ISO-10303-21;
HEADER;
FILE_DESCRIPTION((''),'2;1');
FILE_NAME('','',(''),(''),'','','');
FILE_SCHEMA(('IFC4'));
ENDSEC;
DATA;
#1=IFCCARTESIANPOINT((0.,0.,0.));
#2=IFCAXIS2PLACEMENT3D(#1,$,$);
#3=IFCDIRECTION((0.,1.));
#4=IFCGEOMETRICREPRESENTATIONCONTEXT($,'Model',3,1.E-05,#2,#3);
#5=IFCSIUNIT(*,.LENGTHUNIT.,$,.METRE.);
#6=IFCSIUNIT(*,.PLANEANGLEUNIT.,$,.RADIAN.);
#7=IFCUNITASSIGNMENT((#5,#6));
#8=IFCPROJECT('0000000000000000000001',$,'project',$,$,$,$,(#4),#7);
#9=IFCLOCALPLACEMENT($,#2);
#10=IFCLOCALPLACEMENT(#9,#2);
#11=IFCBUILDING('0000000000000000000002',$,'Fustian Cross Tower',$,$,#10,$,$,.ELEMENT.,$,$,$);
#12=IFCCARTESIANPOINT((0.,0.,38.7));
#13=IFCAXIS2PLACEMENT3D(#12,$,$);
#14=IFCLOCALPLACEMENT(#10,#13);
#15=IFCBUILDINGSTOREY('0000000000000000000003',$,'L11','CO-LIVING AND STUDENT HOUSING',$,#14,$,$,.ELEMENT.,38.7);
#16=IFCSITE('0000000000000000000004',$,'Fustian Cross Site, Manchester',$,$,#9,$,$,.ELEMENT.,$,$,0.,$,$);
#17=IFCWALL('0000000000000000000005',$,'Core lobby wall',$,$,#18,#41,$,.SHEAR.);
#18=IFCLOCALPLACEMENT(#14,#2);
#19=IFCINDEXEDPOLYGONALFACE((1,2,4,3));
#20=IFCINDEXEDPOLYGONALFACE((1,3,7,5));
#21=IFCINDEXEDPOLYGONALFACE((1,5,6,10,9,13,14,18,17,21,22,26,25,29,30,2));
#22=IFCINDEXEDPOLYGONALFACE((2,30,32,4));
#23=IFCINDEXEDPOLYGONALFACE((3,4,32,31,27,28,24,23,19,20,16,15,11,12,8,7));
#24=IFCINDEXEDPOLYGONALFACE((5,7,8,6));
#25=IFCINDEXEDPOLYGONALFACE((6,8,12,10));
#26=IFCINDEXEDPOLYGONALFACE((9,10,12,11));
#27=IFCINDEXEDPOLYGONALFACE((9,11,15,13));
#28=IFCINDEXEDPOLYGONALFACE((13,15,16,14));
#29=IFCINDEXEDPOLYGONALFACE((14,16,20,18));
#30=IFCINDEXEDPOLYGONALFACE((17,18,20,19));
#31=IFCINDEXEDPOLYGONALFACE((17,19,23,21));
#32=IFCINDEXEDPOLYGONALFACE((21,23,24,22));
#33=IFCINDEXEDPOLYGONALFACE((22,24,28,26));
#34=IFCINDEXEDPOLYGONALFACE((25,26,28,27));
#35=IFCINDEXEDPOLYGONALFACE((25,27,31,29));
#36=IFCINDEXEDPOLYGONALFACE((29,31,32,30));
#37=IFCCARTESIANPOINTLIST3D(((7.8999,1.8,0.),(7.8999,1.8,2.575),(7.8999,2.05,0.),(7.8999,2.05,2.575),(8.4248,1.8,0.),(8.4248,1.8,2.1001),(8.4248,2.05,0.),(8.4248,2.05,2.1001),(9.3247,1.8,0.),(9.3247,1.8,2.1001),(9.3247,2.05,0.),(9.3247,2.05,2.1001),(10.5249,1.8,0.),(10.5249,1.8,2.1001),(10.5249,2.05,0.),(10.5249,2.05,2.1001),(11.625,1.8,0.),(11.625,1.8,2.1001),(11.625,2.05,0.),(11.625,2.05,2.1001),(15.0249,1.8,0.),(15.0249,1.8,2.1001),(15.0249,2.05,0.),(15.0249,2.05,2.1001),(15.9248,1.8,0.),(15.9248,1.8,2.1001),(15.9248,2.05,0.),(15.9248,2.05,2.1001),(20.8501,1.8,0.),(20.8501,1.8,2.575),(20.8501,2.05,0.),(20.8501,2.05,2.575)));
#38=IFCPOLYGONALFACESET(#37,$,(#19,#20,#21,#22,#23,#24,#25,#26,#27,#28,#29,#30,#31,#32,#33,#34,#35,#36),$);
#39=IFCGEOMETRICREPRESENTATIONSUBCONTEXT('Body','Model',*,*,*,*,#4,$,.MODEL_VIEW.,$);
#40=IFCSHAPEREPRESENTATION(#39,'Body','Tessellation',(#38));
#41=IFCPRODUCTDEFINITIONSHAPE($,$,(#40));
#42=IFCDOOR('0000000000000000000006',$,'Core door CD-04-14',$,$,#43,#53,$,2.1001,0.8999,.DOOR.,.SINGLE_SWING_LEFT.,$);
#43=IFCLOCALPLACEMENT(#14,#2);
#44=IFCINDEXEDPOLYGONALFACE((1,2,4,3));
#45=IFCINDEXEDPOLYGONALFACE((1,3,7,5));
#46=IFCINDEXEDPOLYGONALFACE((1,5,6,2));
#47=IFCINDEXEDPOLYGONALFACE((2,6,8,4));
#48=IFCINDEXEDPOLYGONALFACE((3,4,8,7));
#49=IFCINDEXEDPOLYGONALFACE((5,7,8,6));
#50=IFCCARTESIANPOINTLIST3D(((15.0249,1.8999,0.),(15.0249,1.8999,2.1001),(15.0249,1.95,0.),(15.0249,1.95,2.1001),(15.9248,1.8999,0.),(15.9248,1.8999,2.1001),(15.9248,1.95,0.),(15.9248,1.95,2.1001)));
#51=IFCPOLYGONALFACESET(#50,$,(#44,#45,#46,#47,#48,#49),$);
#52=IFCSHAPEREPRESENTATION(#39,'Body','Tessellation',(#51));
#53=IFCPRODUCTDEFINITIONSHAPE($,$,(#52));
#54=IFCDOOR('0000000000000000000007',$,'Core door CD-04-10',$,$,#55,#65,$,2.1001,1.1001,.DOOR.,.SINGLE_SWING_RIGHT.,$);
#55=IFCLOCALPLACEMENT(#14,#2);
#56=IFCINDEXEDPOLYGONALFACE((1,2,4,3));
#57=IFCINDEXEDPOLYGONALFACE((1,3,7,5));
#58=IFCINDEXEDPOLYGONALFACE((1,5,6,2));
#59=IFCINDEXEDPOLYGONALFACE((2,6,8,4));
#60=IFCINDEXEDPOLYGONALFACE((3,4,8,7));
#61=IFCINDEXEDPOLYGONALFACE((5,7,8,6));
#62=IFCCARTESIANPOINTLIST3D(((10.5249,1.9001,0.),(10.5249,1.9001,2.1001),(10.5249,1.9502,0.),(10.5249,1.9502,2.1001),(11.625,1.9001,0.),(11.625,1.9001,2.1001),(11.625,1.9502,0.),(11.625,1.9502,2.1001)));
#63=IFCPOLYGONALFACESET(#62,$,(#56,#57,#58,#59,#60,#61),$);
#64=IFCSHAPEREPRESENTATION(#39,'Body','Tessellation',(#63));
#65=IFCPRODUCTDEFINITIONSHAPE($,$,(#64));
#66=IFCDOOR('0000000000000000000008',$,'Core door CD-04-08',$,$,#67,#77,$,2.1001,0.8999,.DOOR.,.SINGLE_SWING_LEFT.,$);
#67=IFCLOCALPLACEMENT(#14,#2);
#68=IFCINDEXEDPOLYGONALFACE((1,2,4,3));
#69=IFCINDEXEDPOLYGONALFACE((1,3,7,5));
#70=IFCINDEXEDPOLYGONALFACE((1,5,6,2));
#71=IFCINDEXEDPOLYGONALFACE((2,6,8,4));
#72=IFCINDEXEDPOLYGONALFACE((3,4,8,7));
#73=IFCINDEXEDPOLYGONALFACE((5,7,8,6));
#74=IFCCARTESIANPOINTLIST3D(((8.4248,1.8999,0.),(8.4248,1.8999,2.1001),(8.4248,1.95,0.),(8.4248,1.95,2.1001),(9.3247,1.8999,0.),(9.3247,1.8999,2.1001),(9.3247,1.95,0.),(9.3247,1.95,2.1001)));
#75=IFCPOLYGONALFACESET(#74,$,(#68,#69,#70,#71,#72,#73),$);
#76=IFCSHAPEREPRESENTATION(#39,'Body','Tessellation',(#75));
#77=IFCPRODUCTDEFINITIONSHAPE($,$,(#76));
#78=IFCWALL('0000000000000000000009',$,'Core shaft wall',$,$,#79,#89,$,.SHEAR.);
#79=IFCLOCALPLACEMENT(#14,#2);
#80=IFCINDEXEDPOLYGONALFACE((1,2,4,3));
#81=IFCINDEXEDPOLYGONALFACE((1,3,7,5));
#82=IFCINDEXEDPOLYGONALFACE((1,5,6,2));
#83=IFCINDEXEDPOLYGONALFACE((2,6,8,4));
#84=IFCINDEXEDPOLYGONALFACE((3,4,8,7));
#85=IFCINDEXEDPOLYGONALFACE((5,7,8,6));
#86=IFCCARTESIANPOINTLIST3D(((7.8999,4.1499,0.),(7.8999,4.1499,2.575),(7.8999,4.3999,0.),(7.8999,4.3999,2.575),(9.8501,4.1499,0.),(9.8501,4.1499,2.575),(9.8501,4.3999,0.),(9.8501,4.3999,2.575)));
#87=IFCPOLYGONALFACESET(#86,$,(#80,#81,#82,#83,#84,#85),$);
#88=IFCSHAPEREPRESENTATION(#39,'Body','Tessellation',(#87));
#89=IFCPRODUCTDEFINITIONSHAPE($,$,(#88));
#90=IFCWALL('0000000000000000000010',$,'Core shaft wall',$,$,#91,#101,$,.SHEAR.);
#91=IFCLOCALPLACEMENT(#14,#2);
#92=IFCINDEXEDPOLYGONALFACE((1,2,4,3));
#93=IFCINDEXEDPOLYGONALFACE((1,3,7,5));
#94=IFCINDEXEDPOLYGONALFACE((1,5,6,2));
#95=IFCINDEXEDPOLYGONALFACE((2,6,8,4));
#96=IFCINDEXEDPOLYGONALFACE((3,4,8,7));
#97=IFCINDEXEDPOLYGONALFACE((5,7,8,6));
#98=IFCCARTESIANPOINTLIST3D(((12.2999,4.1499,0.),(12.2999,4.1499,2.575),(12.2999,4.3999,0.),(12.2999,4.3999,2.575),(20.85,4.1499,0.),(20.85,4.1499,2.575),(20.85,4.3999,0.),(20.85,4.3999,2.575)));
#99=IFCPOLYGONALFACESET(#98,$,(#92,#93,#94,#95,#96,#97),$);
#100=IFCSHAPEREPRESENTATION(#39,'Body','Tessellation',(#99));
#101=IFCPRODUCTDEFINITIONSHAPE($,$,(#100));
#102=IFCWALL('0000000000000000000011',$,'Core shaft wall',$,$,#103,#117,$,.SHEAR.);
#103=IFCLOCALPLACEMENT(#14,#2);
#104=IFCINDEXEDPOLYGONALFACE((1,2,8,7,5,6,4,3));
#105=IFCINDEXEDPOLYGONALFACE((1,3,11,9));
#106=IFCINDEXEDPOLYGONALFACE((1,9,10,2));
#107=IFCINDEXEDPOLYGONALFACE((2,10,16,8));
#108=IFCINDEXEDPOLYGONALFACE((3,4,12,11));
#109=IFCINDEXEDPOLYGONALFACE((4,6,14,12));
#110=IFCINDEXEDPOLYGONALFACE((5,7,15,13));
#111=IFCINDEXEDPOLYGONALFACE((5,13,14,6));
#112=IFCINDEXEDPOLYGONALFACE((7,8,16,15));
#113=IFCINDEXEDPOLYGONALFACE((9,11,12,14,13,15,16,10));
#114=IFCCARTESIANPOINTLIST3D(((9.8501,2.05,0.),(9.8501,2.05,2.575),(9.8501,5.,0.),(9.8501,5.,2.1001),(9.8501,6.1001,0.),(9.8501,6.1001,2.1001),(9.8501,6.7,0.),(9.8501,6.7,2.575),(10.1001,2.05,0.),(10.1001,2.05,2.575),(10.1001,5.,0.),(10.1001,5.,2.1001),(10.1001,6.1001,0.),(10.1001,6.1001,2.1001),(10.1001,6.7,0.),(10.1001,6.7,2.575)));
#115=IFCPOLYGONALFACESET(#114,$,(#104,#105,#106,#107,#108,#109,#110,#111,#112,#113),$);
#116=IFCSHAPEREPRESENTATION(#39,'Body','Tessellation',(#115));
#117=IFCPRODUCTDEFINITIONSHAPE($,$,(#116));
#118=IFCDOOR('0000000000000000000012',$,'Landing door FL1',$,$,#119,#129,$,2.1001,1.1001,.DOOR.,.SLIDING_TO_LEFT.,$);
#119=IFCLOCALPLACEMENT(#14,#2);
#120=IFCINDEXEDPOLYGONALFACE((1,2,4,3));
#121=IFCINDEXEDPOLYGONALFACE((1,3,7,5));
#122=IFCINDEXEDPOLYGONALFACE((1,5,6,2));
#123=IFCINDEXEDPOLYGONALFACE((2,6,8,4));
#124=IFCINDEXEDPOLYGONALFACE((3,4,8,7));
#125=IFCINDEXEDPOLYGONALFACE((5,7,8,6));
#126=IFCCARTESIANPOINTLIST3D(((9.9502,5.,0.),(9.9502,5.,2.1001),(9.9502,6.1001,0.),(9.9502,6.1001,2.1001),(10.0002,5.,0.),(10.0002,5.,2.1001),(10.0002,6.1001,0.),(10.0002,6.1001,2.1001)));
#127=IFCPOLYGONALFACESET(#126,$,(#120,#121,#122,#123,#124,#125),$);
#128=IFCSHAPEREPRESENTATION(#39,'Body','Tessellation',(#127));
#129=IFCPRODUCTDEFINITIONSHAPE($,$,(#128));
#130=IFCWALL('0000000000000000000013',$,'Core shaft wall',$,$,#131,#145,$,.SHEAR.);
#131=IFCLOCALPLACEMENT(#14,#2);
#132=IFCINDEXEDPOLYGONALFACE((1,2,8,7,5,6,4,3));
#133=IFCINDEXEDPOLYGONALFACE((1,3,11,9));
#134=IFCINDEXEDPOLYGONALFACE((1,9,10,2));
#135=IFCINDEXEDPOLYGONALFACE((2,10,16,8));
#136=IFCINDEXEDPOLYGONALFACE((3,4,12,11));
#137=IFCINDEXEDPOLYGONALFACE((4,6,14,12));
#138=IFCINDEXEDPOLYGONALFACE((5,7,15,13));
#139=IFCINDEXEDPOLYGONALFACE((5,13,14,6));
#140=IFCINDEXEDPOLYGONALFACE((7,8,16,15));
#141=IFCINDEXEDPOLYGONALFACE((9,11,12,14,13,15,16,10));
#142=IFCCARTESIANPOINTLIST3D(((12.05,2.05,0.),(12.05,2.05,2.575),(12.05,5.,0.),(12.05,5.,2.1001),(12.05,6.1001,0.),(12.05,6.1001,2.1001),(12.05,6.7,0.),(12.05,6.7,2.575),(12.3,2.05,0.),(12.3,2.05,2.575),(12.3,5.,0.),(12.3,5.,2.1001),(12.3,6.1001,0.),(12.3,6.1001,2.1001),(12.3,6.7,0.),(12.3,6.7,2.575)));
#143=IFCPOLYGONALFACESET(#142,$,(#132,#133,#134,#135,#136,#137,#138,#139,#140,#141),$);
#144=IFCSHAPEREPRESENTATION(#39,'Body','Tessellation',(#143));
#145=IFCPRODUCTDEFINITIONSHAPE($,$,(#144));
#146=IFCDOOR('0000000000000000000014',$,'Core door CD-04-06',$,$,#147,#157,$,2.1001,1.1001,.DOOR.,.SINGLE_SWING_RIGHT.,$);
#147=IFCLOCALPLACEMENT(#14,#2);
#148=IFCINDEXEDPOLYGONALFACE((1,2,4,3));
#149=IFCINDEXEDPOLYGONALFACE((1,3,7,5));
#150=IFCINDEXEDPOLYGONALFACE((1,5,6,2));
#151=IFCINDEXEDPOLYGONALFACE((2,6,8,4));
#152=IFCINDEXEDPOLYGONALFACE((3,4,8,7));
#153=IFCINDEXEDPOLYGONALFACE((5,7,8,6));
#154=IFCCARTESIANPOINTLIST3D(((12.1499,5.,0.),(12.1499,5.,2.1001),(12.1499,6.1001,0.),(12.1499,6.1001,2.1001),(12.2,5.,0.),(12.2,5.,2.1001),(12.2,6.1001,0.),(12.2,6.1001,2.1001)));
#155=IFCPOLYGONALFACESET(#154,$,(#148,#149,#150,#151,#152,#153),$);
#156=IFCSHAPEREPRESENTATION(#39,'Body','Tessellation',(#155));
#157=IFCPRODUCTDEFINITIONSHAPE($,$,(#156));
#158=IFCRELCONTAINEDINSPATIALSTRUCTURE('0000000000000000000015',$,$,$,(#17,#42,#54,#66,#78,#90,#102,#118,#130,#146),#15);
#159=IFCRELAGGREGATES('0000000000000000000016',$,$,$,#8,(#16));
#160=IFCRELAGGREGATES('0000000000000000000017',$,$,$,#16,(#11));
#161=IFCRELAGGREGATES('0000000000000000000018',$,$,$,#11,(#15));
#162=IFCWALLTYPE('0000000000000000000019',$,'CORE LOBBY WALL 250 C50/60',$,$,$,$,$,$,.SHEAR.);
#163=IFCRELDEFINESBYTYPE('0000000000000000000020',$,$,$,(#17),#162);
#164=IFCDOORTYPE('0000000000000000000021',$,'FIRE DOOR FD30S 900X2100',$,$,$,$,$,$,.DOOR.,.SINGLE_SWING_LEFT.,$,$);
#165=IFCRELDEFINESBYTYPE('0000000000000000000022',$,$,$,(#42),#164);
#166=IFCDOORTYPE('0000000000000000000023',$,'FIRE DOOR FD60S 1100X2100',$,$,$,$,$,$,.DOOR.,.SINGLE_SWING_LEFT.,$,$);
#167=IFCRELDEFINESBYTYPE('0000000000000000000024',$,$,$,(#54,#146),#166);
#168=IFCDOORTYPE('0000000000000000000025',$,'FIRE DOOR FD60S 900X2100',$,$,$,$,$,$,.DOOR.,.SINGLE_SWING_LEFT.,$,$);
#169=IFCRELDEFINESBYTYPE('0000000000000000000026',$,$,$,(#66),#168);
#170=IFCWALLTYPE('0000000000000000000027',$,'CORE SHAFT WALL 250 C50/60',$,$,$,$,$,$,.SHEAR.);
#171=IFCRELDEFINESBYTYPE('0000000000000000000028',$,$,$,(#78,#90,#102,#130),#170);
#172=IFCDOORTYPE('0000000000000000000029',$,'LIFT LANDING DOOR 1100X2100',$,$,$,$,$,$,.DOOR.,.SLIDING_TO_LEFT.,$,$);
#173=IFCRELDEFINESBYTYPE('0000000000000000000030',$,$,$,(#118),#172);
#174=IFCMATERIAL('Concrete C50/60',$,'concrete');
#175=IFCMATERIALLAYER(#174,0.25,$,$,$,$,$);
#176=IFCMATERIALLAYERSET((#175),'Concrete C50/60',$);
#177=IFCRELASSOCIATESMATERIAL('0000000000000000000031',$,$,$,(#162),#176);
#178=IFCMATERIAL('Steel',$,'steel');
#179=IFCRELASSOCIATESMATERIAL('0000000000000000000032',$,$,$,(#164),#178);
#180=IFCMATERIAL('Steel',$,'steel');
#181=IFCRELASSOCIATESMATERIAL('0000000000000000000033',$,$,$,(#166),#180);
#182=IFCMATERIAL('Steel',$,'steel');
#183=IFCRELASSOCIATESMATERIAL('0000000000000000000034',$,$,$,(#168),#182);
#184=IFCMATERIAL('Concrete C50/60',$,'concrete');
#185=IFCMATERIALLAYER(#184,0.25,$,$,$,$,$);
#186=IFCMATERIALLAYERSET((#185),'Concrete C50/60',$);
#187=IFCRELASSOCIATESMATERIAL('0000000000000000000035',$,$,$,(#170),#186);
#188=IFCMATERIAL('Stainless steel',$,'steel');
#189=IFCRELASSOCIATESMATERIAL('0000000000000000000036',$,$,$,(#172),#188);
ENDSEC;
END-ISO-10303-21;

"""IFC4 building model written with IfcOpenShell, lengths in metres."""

from ifc_helpers import new_model, si_unit, direction, frame, frame_2d, origin, place, context, subcontext, project, spatial, rectangle, extrude, material, layer, layer_set, type_object, element, fill, save


model = new_model("IFC4")

# Units and contexts
model_context = context("Model", 3, precision=1e-05, world=origin(), true_north=direction((0.0, 1.0)))
body_context = subcontext(model_context, "Body", "Model", "MODEL_VIEW")
ifc_project = project(units=[si_unit("LENGTHUNIT", "METRE"), si_unit("PLANEANGLEUNIT", "RADIAN")], contexts=[model_context])

# Site, building, storey
site_placement = place(None, origin())
site = spatial("IfcSite", under=ifc_project, at=site_placement, Name="Fustian Cross Site, Manchester", CompositionType="ELEMENT", RefElevation=0.0)
building_placement = place(site_placement, origin())
building = spatial("IfcBuilding", under=site, at=building_placement, Name="Fustian Cross Tower", CompositionType="ELEMENT")
storey_placement = place(building_placement, frame((0.0, 0.0, 38.7)))
storey = spatial("IfcBuildingStorey", under=building, at=storey_placement, Name="L11", Description="CO-LIVING AND STUDENT HOUSING", CompositionType="ELEMENT", Elevation=38.7)

# Wall, openings, doors
ifc_material_1 = material(Name="Concrete C50/60", Category="concrete")
ifc_layer_1 = layer(ifc_material_1, 0.25)
ifc_layer_set_1 = layer_set([ifc_layer_1], Name="Concrete C50/60")
wall_type_1 = type_object("IfcWallType", Name="CORE LOBBY WALL 250 C50/60", PredefinedType="SHEAR", material=ifc_layer_set_1)
wall_1_placement = place(storey_placement, frame((7.8999, 1.925, 0.0), z_axis=(0.0, 0.0, 1.0), x_axis=(1.0, 0.0, 0.0)))
wall_1 = element("IfcWall", 1, at=wall_1_placement, inside=storey, type_object=wall_type_1, Name="Core lobby wall", PredefinedType="SHEAR", context=body_context, shape_type="SweptSolid", body=[
    extrude(rectangle(XDim=12.9502, YDim=0.25, at=frame_2d((6.4751, 0.0))), origin(), (0.0, 0.0, 1.0), 2.575),
])
opening_1_placement = place(wall_1_placement, frame((0.5249, 0.0, 0.0)))
opening_1 = element("IfcOpeningElement", 2, at=opening_1_placement, cuts=wall_1, PredefinedType="OPENING", context=body_context, shape_type="SweptSolid", body=[
    extrude(rectangle(XDim=0.8999, YDim=2.1001, at=frame_2d((0.45, 1.05))), frame((0.0, 0.135, 0.0), z_axis=(0.0, -1.0, 0.0), x_axis=(1.0, 0.0, 0.0)), (0.0, 0.0, 1.0), 0.27),
])
opening_2_placement = place(wall_1_placement, frame((2.625, 0.0, 0.0)))
opening_2 = element("IfcOpeningElement", 3, at=opening_2_placement, cuts=wall_1, PredefinedType="OPENING", context=body_context, shape_type="SweptSolid", body=[
    extrude(rectangle(XDim=1.1001, YDim=2.1001, at=frame_2d((0.55, 1.05))), frame((0.0, 0.135, 0.0), z_axis=(0.0, -1.0, 0.0), x_axis=(1.0, 0.0, 0.0)), (0.0, 0.0, 1.0), 0.27),
])
opening_3_placement = place(wall_1_placement, frame((7.125, 0.0, 0.0)))
opening_3 = element("IfcOpeningElement", 4, at=opening_3_placement, cuts=wall_1, PredefinedType="OPENING", context=body_context, shape_type="SweptSolid", body=[
    extrude(rectangle(XDim=0.8999, YDim=2.1001, at=frame_2d((0.45, 1.05))), frame((0.0, 0.135, 0.0), z_axis=(0.0, -1.0, 0.0), x_axis=(1.0, 0.0, 0.0)), (0.0, 0.0, 1.0), 0.27),
])
ifc_material_2 = material(Name="Steel", Category="steel")
door_type_1 = type_object("IfcDoorType", Name="FIRE DOOR FD30S 900X2100", OperationType="SINGLE_SWING_LEFT", PredefinedType="DOOR", material=ifc_material_2)
door_1_placement = place(opening_3_placement, origin())
door_1 = element("IfcDoor", 5, at=door_1_placement, inside=storey, type_object=door_type_1, Name="Core door CD-04-14", OperationType="SINGLE_SWING_LEFT", OverallHeight=2.1001, OverallWidth=0.8999, PredefinedType="DOOR", context=body_context, shape_type="SweptSolid", body=[
    extrude(rectangle(XDim=0.8999, YDim=2.1001, at=frame_2d((0.45, 1.05))), frame((0.0, 0.0249, 0.0), z_axis=(0.0, -1.0, 0.0), x_axis=(1.0, 0.0, 0.0)), (0.0, 0.0, 1.0), 0.05),
])
fill(opening_3, door_1)
ifc_material_3 = material(Name="Steel", Category="steel")
door_type_2 = type_object("IfcDoorType", Name="FIRE DOOR FD60S 1100X2100", OperationType="SINGLE_SWING_LEFT", PredefinedType="DOOR", material=ifc_material_3)
door_2_placement = place(opening_2_placement, frame((1.1001, 0.0, 0.0), z_axis=(0.0, 0.0, 1.0), x_axis=(-1.0, 0.0, 0.0)))
door_2 = element("IfcDoor", 6, at=door_2_placement, inside=storey, type_object=door_type_2, Name="Core door CD-04-10", OperationType="SINGLE_SWING_RIGHT", OverallHeight=2.1001, OverallWidth=1.1001, PredefinedType="DOOR", context=body_context, shape_type="SweptSolid", body=[
    extrude(rectangle(XDim=1.1001, YDim=2.1001, at=frame_2d((0.55, 1.05))), frame((0.0, 0.0249, 0.0), z_axis=(0.0, -1.0, 0.0), x_axis=(1.0, 0.0, 0.0)), (0.0, 0.0, 1.0), 0.05),
])
fill(opening_2, door_2)
ifc_material_4 = material(Name="Steel", Category="steel")
door_type_3 = type_object("IfcDoorType", Name="FIRE DOOR FD60S 900X2100", OperationType="SINGLE_SWING_LEFT", PredefinedType="DOOR", material=ifc_material_4)
door_3_placement = place(opening_1_placement, origin())
door_3 = element("IfcDoor", 7, at=door_3_placement, inside=storey, type_object=door_type_3, Name="Core door CD-04-08", OperationType="SINGLE_SWING_LEFT", OverallHeight=2.1001, OverallWidth=0.8999, PredefinedType="DOOR", context=body_context, shape_type="SweptSolid", body=[
    extrude(rectangle(XDim=0.8999, YDim=2.1001, at=frame_2d((0.45, 1.05))), frame((0.0, 0.0249, 0.0), z_axis=(0.0, -1.0, 0.0), x_axis=(1.0, 0.0, 0.0)), (0.0, 0.0, 1.0), 0.05),
])
fill(opening_1, door_3)

# Walls
ifc_material_5 = material(Name="Concrete C50/60", Category="concrete")
ifc_layer_2 = layer(ifc_material_5, 0.25)
ifc_layer_set_2 = layer_set([ifc_layer_2], Name="Concrete C50/60")
wall_type_2 = type_object("IfcWallType", Name="CORE SHAFT WALL 250 C50/60", PredefinedType="SHEAR", material=ifc_layer_set_2)
wall_2_placement = place(storey_placement, frame((7.8999, 4.2749, 0.0), z_axis=(0.0, 0.0, 1.0), x_axis=(1.0, 0.0, 0.0)))
element("IfcWall", 8, at=wall_2_placement, inside=storey, type_object=wall_type_2, Name="Core shaft wall", PredefinedType="SHEAR", context=body_context, shape_type="SweptSolid", body=[
    extrude(rectangle(XDim=1.9502, YDim=0.25, at=frame_2d((0.9751, 0.0))), origin(), (0.0, 0.0, 1.0), 2.575),
])
wall_3_placement = place(storey_placement, frame((12.3, 4.2749, 0.0), z_axis=(0.0, 0.0, 1.0), x_axis=(1.0, 0.0, 0.0)))
element("IfcWall", 9, at=wall_3_placement, inside=storey, type_object=wall_type_2, Name="Core shaft wall", PredefinedType="SHEAR", context=body_context, shape_type="SweptSolid", body=[
    extrude(rectangle(XDim=8.55, YDim=0.25, at=frame_2d((4.2749, 0.0))), origin(), (0.0, 0.0, 1.0), 2.575),
])

# Walls, openings, doors
wall_4_placement = place(storey_placement, frame((9.9751, 2.05, 0.0), z_axis=(0.0, 0.0, 1.0), x_axis=(0.0, 1.0, 0.0)))
wall_4 = element("IfcWall", 10, at=wall_4_placement, inside=storey, type_object=wall_type_2, Name="Core shaft wall", PredefinedType="SHEAR", context=body_context, shape_type="SweptSolid", body=[
    extrude(rectangle(XDim=4.6499, YDim=0.25, at=frame_2d((2.325, 0.0))), origin(), (0.0, 0.0, 1.0), 2.575),
])
opening_4_placement = place(wall_4_placement, frame((2.95, 0.0, 0.0)))
opening_4 = element("IfcOpeningElement", 11, at=opening_4_placement, cuts=wall_4, PredefinedType="OPENING", context=body_context, shape_type="SweptSolid", body=[
    extrude(rectangle(XDim=1.1001, YDim=2.1001, at=frame_2d((0.55, 1.05))), frame((0.0, 0.135, 0.0), z_axis=(0.0, -1.0, 0.0), x_axis=(1.0, 0.0, 0.0)), (0.0, 0.0, 1.0), 0.27),
])
ifc_material_6 = material(Name="Stainless steel", Category="steel")
door_type_4 = type_object("IfcDoorType", Name="LIFT LANDING DOOR 1100X2100", OperationType="SLIDING_TO_LEFT", PredefinedType="DOOR", material=ifc_material_6)
door_4_placement = place(opening_4_placement, origin())
door_4 = element("IfcDoor", 12, at=door_4_placement, inside=storey, type_object=door_type_4, Name="Landing door FL1", OperationType="SLIDING_TO_LEFT", OverallHeight=2.1001, OverallWidth=1.1001, PredefinedType="DOOR", context=body_context, shape_type="SweptSolid", body=[
    extrude(rectangle(XDim=1.1001, YDim=2.1001, at=frame_2d((0.55, 1.05))), frame((0.0, 0.0249, 0.0), z_axis=(0.0, -1.0, 0.0), x_axis=(1.0, 0.0, 0.0)), (0.0, 0.0, 1.0), 0.05),
])
fill(opening_4, door_4)
wall_5_placement = place(storey_placement, frame((12.175, 2.05, 0.0), z_axis=(0.0, 0.0, 1.0), x_axis=(0.0, 1.0, 0.0)))
wall_5 = element("IfcWall", 13, at=wall_5_placement, inside=storey, type_object=wall_type_2, Name="Core shaft wall", PredefinedType="SHEAR", context=body_context, shape_type="SweptSolid", body=[
    extrude(rectangle(XDim=4.6499, YDim=0.25, at=frame_2d((2.325, 0.0))), origin(), (0.0, 0.0, 1.0), 2.575),
])
opening_5_placement = place(wall_5_placement, frame((2.95, 0.0, 0.0)))
opening_5 = element("IfcOpeningElement", 14, at=opening_5_placement, cuts=wall_5, PredefinedType="OPENING", context=body_context, shape_type="SweptSolid", body=[
    extrude(rectangle(XDim=1.1001, YDim=2.1001, at=frame_2d((0.55, 1.05))), frame((0.0, 0.135, 0.0), z_axis=(0.0, -1.0, 0.0), x_axis=(1.0, 0.0, 0.0)), (0.0, 0.0, 1.0), 0.27),
])
door_5_placement = place(opening_5_placement, frame((1.1001, 0.0, 0.0), z_axis=(0.0, 0.0, 1.0), x_axis=(-1.0, 0.0, 0.0)))
door_5 = element("IfcDoor", 15, at=door_5_placement, inside=storey, type_object=door_type_2, Name="Core door CD-04-06", OperationType="SINGLE_SWING_RIGHT", OverallHeight=2.1001, OverallWidth=1.1001, PredefinedType="DOOR", context=body_context, shape_type="SweptSolid", body=[
    extrude(rectangle(XDim=1.1001, YDim=2.1001, at=frame_2d((0.55, 1.05))), frame((0.0, 0.0249, 0.0), z_axis=(0.0, -1.0, 0.0), x_axis=(1.0, 0.0, 0.0)), (0.0, 0.0, 1.0), 0.05),
])
fill(opening_5, door_5)

save(model, "model.ifc")
